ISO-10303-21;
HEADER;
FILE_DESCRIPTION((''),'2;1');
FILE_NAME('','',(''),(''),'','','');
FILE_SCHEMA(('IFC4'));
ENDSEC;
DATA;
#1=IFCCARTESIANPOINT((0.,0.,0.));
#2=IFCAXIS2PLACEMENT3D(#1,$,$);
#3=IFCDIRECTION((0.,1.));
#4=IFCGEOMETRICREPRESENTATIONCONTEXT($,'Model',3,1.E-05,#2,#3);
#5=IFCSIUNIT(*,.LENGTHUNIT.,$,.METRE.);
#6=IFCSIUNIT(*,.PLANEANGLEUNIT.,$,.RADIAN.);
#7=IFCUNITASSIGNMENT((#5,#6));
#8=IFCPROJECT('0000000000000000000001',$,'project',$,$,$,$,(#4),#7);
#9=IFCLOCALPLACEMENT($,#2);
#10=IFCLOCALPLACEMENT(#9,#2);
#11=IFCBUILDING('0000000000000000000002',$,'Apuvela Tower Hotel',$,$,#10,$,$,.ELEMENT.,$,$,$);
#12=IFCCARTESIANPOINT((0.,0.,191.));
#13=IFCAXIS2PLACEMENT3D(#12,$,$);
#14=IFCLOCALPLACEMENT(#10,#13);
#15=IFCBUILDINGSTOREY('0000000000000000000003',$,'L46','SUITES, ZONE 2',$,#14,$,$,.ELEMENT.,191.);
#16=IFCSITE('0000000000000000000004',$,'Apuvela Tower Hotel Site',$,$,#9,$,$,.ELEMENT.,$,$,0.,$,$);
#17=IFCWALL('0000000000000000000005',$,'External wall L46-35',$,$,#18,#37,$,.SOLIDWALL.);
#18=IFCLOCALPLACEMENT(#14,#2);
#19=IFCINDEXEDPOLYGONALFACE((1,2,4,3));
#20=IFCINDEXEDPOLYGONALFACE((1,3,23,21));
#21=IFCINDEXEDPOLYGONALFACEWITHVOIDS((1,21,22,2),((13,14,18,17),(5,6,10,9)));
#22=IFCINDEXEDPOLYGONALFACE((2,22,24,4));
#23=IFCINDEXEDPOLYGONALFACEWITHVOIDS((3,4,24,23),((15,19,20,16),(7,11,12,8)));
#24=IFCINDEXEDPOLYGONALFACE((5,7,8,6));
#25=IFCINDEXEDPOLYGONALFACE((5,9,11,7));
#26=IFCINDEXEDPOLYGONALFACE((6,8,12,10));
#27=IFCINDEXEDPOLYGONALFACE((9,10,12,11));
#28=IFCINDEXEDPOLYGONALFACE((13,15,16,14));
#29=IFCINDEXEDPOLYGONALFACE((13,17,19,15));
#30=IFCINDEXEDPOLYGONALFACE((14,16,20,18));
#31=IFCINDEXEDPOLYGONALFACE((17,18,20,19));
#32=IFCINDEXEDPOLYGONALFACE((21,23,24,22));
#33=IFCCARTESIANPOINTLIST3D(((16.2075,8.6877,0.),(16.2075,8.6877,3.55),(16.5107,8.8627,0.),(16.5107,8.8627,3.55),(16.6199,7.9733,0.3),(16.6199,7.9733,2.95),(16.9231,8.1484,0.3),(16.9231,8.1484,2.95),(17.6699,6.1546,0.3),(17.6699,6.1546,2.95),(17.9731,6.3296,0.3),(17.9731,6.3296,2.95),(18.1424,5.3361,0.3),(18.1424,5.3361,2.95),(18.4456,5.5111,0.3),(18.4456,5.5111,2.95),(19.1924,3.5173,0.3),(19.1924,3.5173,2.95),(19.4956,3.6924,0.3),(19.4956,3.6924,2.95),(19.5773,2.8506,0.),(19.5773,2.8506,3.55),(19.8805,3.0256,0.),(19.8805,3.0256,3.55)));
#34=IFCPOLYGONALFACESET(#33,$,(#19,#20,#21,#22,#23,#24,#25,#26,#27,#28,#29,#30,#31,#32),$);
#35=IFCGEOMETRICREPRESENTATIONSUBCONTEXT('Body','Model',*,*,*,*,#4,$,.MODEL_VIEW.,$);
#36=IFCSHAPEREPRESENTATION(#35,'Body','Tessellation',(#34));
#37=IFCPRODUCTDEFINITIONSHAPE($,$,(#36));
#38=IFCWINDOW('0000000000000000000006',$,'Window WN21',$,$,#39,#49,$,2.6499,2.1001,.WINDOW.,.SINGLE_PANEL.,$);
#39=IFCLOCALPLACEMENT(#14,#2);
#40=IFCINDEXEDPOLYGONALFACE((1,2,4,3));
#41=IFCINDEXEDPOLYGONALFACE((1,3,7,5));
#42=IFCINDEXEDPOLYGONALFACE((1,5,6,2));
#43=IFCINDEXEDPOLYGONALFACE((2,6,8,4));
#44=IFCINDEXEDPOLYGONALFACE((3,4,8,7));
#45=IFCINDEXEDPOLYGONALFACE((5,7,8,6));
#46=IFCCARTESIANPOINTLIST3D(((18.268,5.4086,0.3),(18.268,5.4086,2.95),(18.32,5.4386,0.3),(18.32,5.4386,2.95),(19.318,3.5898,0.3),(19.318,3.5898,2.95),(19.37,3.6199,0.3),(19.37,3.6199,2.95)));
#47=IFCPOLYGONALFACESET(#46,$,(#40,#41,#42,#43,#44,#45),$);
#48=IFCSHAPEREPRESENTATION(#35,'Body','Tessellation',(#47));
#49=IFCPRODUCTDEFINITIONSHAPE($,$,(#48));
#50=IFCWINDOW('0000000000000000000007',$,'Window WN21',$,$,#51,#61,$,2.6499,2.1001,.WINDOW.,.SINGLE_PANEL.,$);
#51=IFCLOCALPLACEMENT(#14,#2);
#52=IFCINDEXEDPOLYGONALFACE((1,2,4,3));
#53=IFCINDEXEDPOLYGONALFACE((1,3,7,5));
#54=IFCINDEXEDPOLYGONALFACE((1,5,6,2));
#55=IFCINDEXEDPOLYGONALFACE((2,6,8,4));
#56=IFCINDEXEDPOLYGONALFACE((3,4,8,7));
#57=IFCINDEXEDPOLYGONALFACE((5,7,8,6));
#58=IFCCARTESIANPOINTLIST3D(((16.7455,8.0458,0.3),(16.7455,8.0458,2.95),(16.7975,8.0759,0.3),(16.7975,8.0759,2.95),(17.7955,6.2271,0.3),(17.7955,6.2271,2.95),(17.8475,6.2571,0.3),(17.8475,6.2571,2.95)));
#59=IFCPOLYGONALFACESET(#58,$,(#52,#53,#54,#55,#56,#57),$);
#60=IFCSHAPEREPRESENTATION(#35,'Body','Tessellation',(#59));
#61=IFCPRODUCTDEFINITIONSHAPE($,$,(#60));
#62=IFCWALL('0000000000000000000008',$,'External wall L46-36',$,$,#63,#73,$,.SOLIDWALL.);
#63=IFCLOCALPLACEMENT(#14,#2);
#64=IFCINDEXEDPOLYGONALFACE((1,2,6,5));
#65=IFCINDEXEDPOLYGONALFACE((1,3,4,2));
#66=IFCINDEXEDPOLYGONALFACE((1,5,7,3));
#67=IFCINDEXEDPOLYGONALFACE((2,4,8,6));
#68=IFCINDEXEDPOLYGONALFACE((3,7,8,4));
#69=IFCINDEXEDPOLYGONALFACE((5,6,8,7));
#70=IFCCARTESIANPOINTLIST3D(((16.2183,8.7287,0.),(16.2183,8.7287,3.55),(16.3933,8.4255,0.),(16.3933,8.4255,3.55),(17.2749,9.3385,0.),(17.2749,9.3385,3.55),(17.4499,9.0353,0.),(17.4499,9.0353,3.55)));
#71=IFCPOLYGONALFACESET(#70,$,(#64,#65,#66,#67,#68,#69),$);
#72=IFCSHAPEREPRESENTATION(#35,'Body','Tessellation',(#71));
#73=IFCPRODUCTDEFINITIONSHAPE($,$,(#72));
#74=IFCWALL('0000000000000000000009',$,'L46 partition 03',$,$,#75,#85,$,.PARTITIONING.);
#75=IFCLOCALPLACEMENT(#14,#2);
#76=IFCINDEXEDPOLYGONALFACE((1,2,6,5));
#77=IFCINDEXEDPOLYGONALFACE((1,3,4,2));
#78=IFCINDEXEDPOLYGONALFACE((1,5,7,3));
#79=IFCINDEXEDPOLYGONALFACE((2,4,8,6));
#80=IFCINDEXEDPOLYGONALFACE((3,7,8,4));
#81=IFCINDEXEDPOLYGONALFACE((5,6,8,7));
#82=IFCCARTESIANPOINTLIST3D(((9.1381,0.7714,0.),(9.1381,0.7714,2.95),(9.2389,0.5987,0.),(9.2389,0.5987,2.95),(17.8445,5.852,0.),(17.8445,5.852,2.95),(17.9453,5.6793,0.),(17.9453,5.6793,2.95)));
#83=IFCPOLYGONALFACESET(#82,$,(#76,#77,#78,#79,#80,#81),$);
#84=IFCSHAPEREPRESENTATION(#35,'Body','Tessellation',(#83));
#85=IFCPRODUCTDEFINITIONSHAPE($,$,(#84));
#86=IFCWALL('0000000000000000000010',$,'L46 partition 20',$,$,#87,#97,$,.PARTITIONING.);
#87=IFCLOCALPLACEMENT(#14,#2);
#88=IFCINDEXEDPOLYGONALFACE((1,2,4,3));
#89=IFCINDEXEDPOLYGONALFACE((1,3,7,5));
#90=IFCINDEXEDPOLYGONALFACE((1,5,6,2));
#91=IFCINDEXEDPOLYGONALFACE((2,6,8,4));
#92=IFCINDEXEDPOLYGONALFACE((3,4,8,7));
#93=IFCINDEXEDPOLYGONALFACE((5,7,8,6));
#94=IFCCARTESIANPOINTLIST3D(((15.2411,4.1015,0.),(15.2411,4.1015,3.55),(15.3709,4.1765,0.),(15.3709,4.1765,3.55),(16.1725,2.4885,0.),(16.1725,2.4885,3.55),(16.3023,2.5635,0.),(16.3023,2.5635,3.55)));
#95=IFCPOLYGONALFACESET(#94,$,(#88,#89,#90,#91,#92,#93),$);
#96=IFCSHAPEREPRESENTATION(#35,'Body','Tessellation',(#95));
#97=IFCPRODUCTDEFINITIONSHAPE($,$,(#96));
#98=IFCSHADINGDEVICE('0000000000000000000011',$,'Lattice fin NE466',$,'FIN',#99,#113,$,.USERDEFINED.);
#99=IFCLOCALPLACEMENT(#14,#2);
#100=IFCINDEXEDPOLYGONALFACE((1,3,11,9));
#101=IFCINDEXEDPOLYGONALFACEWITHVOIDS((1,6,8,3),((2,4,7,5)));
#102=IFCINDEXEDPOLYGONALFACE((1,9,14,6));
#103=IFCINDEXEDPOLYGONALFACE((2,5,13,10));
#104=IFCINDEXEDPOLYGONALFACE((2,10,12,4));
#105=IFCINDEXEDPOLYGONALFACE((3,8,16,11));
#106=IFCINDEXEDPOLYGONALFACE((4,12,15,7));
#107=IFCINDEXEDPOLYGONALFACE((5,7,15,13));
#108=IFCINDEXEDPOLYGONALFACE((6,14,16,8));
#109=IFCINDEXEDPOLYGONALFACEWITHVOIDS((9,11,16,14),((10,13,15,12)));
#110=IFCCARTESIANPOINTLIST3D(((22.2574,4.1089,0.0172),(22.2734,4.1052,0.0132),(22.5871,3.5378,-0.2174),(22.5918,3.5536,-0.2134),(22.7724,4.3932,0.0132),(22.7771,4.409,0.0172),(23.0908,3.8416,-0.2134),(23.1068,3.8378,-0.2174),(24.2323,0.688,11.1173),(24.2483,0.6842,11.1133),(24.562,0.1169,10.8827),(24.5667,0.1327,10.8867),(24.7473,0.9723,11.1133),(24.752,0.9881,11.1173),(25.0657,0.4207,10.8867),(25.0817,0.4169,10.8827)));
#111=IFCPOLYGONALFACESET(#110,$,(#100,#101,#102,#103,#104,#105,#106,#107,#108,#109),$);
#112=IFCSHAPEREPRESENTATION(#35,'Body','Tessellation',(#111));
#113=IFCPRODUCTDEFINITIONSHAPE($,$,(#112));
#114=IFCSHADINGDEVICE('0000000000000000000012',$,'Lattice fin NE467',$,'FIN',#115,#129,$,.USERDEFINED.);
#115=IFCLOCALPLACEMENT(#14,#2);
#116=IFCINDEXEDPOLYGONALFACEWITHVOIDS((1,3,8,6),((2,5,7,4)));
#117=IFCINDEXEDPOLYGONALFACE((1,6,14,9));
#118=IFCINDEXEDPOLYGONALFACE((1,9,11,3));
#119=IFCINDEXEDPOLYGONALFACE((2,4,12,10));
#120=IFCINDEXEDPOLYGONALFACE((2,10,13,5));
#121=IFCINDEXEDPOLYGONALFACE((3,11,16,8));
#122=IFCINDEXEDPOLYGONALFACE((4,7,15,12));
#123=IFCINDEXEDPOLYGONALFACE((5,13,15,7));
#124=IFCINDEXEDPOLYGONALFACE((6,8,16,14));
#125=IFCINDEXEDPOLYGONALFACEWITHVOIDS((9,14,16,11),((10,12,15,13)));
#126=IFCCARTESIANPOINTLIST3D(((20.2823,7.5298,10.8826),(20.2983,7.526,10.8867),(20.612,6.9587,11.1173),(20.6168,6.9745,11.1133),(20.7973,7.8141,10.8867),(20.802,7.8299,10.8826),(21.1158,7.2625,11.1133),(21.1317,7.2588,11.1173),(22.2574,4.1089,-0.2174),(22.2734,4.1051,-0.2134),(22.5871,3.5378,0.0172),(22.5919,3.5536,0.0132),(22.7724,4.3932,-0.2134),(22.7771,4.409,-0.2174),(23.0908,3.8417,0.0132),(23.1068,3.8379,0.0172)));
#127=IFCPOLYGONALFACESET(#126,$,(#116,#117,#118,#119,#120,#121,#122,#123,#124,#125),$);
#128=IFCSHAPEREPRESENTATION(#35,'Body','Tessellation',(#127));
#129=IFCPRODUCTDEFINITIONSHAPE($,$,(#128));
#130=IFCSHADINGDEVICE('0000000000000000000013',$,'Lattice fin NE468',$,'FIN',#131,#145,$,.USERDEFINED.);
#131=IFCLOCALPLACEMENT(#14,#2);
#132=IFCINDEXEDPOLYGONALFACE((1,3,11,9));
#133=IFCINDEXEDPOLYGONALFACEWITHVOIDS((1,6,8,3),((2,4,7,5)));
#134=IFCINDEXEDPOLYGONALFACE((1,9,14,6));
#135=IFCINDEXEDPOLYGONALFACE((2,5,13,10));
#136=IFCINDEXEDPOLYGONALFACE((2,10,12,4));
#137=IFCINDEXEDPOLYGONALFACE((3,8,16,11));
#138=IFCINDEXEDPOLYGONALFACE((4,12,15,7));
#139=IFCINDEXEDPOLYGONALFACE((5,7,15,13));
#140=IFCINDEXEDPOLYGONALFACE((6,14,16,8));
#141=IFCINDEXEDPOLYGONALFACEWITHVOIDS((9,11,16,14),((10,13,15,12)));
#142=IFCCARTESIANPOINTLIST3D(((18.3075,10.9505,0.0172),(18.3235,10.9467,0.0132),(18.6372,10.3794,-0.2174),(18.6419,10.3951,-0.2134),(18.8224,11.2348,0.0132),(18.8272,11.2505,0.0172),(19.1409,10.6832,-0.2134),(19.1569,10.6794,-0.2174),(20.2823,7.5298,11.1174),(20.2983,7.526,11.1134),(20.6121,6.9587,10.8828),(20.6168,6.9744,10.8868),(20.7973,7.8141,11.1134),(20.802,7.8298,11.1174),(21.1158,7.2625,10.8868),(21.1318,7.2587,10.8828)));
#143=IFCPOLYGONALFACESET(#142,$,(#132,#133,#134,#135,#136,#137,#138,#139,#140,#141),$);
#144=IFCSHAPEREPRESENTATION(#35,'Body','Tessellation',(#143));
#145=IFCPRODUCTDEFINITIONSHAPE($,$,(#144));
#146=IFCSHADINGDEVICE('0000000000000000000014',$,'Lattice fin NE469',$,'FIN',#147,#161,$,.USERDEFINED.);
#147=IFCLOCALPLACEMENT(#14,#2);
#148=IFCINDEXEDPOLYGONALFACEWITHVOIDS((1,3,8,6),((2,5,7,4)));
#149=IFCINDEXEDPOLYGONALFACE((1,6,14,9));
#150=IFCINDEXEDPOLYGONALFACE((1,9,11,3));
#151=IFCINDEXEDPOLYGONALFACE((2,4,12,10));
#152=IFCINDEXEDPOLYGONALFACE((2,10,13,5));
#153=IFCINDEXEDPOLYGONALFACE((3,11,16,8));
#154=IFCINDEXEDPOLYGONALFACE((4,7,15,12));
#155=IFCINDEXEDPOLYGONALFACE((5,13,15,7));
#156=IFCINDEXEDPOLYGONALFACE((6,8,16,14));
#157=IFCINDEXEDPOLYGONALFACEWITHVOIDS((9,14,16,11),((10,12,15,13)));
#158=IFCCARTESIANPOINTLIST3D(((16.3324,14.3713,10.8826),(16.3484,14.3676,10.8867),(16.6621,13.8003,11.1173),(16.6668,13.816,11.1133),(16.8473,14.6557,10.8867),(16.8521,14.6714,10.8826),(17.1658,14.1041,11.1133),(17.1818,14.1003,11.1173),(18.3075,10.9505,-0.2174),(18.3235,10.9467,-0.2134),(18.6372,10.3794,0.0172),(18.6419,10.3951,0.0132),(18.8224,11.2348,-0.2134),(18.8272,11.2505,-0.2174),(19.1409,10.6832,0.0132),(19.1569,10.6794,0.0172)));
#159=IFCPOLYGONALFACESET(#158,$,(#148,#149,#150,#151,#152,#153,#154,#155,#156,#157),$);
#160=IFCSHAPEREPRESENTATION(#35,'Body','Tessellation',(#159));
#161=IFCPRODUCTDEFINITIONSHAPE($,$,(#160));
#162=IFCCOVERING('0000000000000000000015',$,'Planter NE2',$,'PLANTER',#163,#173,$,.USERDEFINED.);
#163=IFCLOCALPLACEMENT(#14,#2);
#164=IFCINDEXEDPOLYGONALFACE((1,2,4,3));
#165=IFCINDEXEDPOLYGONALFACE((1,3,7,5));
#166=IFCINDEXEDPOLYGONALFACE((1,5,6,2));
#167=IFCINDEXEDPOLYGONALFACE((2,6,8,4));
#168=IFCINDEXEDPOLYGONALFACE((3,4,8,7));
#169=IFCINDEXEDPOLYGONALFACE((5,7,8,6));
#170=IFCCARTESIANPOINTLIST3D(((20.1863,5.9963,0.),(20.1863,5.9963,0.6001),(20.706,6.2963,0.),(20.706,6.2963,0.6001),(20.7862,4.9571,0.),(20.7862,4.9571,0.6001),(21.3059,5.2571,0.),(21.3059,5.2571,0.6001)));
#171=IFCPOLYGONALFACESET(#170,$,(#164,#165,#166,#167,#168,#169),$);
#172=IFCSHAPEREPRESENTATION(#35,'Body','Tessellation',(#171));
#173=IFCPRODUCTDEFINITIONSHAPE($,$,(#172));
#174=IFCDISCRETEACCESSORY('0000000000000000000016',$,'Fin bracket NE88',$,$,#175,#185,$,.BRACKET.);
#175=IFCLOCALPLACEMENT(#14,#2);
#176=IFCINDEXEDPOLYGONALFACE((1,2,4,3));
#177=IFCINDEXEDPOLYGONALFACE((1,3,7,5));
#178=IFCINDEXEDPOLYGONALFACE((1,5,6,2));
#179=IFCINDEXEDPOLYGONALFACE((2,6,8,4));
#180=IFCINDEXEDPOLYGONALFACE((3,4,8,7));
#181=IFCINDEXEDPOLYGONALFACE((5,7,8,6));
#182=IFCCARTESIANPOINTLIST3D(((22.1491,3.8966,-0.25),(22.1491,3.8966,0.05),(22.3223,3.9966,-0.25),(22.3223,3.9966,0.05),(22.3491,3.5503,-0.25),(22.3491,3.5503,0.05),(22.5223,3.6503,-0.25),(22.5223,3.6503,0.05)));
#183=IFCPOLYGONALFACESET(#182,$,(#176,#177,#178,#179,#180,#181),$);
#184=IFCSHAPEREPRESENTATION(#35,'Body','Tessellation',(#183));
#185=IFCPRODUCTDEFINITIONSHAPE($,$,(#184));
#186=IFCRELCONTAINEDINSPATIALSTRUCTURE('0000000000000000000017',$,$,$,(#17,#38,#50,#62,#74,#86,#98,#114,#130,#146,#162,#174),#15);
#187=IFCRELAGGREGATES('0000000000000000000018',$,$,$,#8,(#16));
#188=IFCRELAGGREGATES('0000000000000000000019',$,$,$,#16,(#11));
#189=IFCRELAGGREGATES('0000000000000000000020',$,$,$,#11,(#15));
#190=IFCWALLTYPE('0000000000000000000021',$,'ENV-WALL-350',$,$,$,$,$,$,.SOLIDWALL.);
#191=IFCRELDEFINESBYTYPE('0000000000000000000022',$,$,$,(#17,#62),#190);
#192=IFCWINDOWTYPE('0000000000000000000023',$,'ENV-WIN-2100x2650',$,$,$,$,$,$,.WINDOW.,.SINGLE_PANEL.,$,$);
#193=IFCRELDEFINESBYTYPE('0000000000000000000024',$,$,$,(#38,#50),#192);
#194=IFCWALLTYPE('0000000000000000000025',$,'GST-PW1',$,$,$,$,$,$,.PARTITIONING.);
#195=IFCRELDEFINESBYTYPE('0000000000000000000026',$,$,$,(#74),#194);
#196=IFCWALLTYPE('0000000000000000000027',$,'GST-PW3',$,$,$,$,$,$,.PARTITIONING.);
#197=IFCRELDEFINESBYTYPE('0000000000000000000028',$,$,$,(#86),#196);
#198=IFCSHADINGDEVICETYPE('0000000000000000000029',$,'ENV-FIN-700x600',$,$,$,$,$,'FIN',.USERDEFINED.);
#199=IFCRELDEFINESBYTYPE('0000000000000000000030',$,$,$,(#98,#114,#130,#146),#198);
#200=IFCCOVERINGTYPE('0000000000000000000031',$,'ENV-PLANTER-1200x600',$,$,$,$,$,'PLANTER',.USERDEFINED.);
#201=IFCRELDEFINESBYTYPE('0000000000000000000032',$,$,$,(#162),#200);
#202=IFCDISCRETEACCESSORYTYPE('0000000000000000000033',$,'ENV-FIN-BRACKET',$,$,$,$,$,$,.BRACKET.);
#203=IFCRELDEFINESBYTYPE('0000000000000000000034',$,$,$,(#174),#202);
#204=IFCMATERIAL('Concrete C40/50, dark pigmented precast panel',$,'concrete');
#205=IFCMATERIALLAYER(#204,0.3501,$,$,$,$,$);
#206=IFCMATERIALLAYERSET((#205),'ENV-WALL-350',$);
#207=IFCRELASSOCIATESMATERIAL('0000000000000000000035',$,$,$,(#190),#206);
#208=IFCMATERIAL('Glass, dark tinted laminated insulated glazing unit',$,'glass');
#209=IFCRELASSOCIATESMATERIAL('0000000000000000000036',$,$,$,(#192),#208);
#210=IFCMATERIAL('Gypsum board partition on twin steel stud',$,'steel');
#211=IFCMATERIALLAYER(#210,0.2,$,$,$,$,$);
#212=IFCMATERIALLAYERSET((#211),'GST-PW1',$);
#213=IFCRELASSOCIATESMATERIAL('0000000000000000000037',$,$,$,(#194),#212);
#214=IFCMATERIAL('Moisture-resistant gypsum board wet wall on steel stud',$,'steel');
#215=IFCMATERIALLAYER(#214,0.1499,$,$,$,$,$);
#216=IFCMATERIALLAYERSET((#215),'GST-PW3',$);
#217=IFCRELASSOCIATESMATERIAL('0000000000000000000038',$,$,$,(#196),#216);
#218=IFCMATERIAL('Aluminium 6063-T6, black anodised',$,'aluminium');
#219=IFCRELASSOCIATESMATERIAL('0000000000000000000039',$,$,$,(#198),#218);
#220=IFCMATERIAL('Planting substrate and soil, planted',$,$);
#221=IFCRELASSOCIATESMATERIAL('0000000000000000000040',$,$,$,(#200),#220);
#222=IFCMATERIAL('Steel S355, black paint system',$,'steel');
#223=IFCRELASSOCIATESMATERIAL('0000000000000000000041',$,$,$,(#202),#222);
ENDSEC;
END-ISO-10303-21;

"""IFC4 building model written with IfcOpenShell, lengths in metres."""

from ifc_helpers import new_model, si_unit, direction, frame, frame_2d, origin, origin_2d, place, context, subcontext, project, spatial, rectangle, hollow_rectangle, extrude, material, layer, layer_set, material_profile, profile_set, type_object, element, fill, save


model = new_model("IFC4")

# Units and contexts
model_context = context("Model", 3, precision=1e-05, world=origin(), true_north=direction((0.0, 1.0)))
body_context = subcontext(model_context, "Body", "Model", "MODEL_VIEW")
ifc_project = project(units=[si_unit("LENGTHUNIT", "METRE"), si_unit("PLANEANGLEUNIT", "RADIAN")], contexts=[model_context])

# Site, building, storey
site_placement = place(None, origin())
site = spatial("IfcSite", under=ifc_project, at=site_placement, Name="Apuvela Tower Hotel Site", CompositionType="ELEMENT", RefElevation=0.0)
building_placement = place(site_placement, origin())
building = spatial("IfcBuilding", under=site, at=building_placement, Name="Apuvela Tower Hotel", CompositionType="ELEMENT")
storey_placement = place(building_placement, frame((0.0, 0.0, 191.0)))
storey = spatial("IfcBuildingStorey", under=building, at=storey_placement, Name="L46", Description="SUITES, ZONE 2", CompositionType="ELEMENT", Elevation=191.0)

# Shared definitions
ifc_material_1 = material(Name="Concrete C40/50, dark pigmented precast panel", Category="concrete")
ifc_layer_1 = layer(ifc_material_1, 0.3501)
ifc_layer_set_1 = layer_set([ifc_layer_1], Name="ENV-WALL-350")
wall_type_1 = type_object("IfcWallType", Name="ENV-WALL-350", PredefinedType="SOLIDWALL", material=ifc_layer_set_1)

# Wall, openings, windows
wall_1_placement = place(storey_placement, frame((19.729, 2.938, 0.0), z_axis=(0.0, 0.0, 1.0), x_axis=(-0.499976, 0.866039, 0.0)))
wall_1 = element("IfcWall", 1, at=wall_1_placement, inside=storey, type_object=wall_type_1, Name="External wall L46-35", PredefinedType="SOLIDWALL", context=body_context, shape_type="SweptSolid", body=[
    extrude(rectangle(XDim=6.74, YDim=0.3501, at=frame_2d((3.3701, 0.0))), origin(), (0.0, 0.0, 1.0), 3.55),
])
opening_1_placement = place(wall_1_placement, frame((0.77, 0.0, 0.3)))
opening_1 = element("IfcOpeningElement", 2, at=opening_1_placement, cuts=wall_1, PredefinedType="OPENING", context=body_context, shape_type="SweptSolid", body=[
    extrude(rectangle(XDim=2.1001, YDim=2.6499, at=frame_2d((1.05, 1.325))), frame((0.0, 0.1851, 0.0), z_axis=(0.0, -1.0, 0.0), x_axis=(1.0, 0.0, 0.0)), (0.0, 0.0, 1.0), 0.3701),
])
opening_2_placement = place(wall_1_placement, frame((3.8152, 0.0, 0.3)))
opening_2 = element("IfcOpeningElement", 3, at=opening_2_placement, cuts=wall_1, PredefinedType="OPENING", context=body_context, shape_type="SweptSolid", body=[
    extrude(rectangle(XDim=2.1001, YDim=2.6499, at=frame_2d((1.05, 1.325))), frame((0.0, 0.1851, 0.0), z_axis=(0.0, -1.0, 0.0), x_axis=(1.0, 0.0, 0.0)), (0.0, 0.0, 1.0), 0.3701),
])
ifc_material_2 = material(Name="Glass, dark tinted laminated insulated glazing unit", Category="glass")
window_type_1 = type_object("IfcWindowType", Name="ENV-WIN-2100x2650", PartitioningType="SINGLE_PANEL", PredefinedType="WINDOW", material=ifc_material_2)
window_1_placement = place(opening_1_placement, origin())
window_1 = element("IfcWindow", 4, at=window_1_placement, inside=storey, type_object=window_type_1, Name="Window WN21", OverallHeight=2.6499, OverallWidth=2.1001, PartitioningType="SINGLE_PANEL", PredefinedType="WINDOW", context=body_context, shape_type="SweptSolid", body=[
    extrude(rectangle(XDim=2.1001, YDim=2.6499, at=frame_2d((1.05, 1.325))), frame((0.0, 0.03, 0.0), z_axis=(0.0, -1.0, 0.0), x_axis=(1.0, 0.0, 0.0)), (0.0, 0.0, 1.0), 0.0601),
])
fill(opening_1, window_1)
window_2_placement = place(opening_2_placement, origin())
window_2 = element("IfcWindow", 5, at=window_2_placement, inside=storey, type_object=window_type_1, Name="Window WN21", OverallHeight=2.6499, OverallWidth=2.1001, PartitioningType="SINGLE_PANEL", PredefinedType="WINDOW", context=body_context, shape_type="SweptSolid", body=[
    extrude(rectangle(XDim=2.1001, YDim=2.6499, at=frame_2d((1.05, 1.325))), frame((0.0, 0.03, 0.0), z_axis=(0.0, -1.0, 0.0), x_axis=(1.0, 0.0, 0.0)), (0.0, 0.0, 1.0), 0.0601),
])
fill(opening_2, window_2)

# Wall
wall_2_placement = place(storey_placement, frame((16.3059, 8.5771, 0.0), z_axis=(0.0, 0.0, 1.0), x_axis=(0.866092, 0.499884, 0.0)))
element("IfcWall", 6, at=wall_2_placement, inside=storey, type_object=wall_type_1, Name="External wall L46-36", PredefinedType="SOLIDWALL", context=body_context, shape_type="SweptSolid", body=[
    extrude(rectangle(XDim=1.22, YDim=0.3501, at=frame_2d((0.6099, 0.0))), origin(), (0.0, 0.0, 1.0), 3.55),
])

# Walls
ifc_material_3 = material(Name="Gypsum board partition on twin steel stud", Category="steel")
ifc_layer_2 = layer(ifc_material_3, 0.2)
ifc_layer_set_2 = layer_set([ifc_layer_2], Name="GST-PW1")
wall_type_2 = type_object("IfcWallType", Name="GST-PW1", PredefinedType="PARTITIONING", material=ifc_layer_set_2)
wall_3_placement = place(storey_placement, frame((17.8948, 5.7656, 0.0), z_axis=(0.0, 0.0, 1.0), x_axis=(-0.863697, -0.504011, 0.0)))
element("IfcWall", 7, at=wall_3_placement, inside=storey, type_object=wall_type_2, Name="L46 partition 03", PredefinedType="PARTITIONING", context=body_context, shape_type="SweptSolid", body=[
    extrude(rectangle(XDim=10.0803, YDim=0.2, at=frame_2d((5.04, 0.0))), origin(), (0.0, 0.0, 1.0), 2.95),
])
ifc_material_4 = material(Name="Moisture-resistant gypsum board wet wall on steel stud", Category="steel")
ifc_layer_3 = layer(ifc_material_4, 0.1499)
ifc_layer_set_3 = layer_set([ifc_layer_3], Name="GST-PW3")
wall_type_3 = type_object("IfcWallType", Name="GST-PW3", PredefinedType="PARTITIONING", material=ifc_layer_set_3)
wall_4_placement = place(storey_placement, frame((16.2373, 2.5261, 0.0), z_axis=(0.0, 0.0, 1.0), x_axis=(-0.500044, 0.866, 0.0)))
element("IfcWall", 8, at=wall_4_placement, inside=storey, type_object=wall_type_3, Name="L46 partition 20", PredefinedType="PARTITIONING", context=body_context, shape_type="SweptSolid", body=[
    extrude(rectangle(XDim=1.8625, YDim=0.1499, at=frame_2d((0.9312, 0.0))), origin(), (0.0, 0.0, 1.0), 3.55),
])

# Shading devices
ifc_material_5 = material(Name="Aluminium 6063-T6, black anodised", Category="aluminium")
ifc_material_profile_1 = material_profile(ifc_material_5, hollow_rectangle(XDim=0.6001, YDim=0.7, WallThickness=0.012, at=origin_2d()), Name="AL BOX 700x600x12")
ifc_profile_set_1 = profile_set([ifc_material_profile_1], Name="Aluminium 6063-T6, black anodised")
shading_device_type = type_object("IfcShadingDeviceType", Name="ENV-FIN-700x600", ElementType="FIN", PredefinedType="USERDEFINED", material=ifc_profile_set_1)
for number, where, z_axis, x_axis, name in (
    (9, (22.6821, 3.9734, -0.1001), (0.167617, -0.29035, 0.942126), (0.866048, 0.499961, 0.0), "Lattice fin NE466"),
    (10, (22.6821, 3.9734, -0.1001), (-0.167637, 0.290349, 0.942123), (-0.866021, -0.500008, 0.0), "Lattice fin NE467"),
    (11, (18.7322, 10.8149, -0.1001), (0.167618, -0.290331, 0.942132), (0.866032, 0.499988, 0.0), "Lattice fin NE468"),
    (12, (18.7322, 10.8149, -0.1001), (-0.167637, 0.290349, 0.942123), (-0.866021, -0.500008, 0.0), "Lattice fin NE469"),
):
    element("IfcShadingDevice", number, at=place(storey_placement, frame(where, z_axis=z_axis, x_axis=x_axis)), inside=storey, type_object=shading_device_type, Name=name, ObjectType="FIN", PredefinedType="USERDEFINED", context=body_context, shape_type="SweptSolid", body=[
        extrude(hollow_rectangle(XDim=0.6001, YDim=0.7, WallThickness=0.012, at=origin_2d()), origin(), (0.0, 0.0, 1.0), 11.782),
    ])

# Covering
ifc_material_6 = material(Name="Planting substrate and soil, planted")
covering_type = type_object("IfcCoveringType", Name="ENV-PLANTER-1200x600", ElementType="PLANTER", PredefinedType="USERDEFINED", material=ifc_material_6)
covering_placement = place(storey_placement, frame((20.7461, 5.6267, 0.0), z_axis=(0.0, 0.0, 1.0), x_axis=(-0.5, 0.866025, 0.0)))
element("IfcCovering", 13, at=covering_placement, inside=storey, type_object=covering_type, Name="Planter NE2", ObjectType="PLANTER", PredefinedType="USERDEFINED", context=body_context, shape_type="SweptSolid", body=[
    extrude(rectangle(XDim=1.2, YDim=0.6001, at=origin_2d()), origin(), (0.0, 0.0, 1.0), 0.6001),
])

# Discrete accessory
ifc_material_7 = material(Name="Steel S355, black paint system", Category="steel")
discrete_accessory_type = type_object("IfcDiscreteAccessoryType", Name="ENV-FIN-BRACKET", PredefinedType="BRACKET", material=ifc_material_7)
for number, where, z_axis, x_axis, name in (
    (14, (22.3357, 3.7734, -0.25), (0.0, 0.0, 1.0), (-0.5, 0.866025, 0.0), "Fin bracket NE88"),
):
    element("IfcDiscreteAccessory", number, at=place(storey_placement, frame(where, z_axis=z_axis, x_axis=x_axis)), inside=storey, type_object=discrete_accessory_type, Name=name, PredefinedType="BRACKET", context=body_context, shape_type="SweptSolid", body=[
        extrude(rectangle(XDim=0.3999, YDim=0.2, at=origin_2d()), origin(), (0.0, 0.0, 1.0), 0.3),
    ])

save(model, "model.ifc")
